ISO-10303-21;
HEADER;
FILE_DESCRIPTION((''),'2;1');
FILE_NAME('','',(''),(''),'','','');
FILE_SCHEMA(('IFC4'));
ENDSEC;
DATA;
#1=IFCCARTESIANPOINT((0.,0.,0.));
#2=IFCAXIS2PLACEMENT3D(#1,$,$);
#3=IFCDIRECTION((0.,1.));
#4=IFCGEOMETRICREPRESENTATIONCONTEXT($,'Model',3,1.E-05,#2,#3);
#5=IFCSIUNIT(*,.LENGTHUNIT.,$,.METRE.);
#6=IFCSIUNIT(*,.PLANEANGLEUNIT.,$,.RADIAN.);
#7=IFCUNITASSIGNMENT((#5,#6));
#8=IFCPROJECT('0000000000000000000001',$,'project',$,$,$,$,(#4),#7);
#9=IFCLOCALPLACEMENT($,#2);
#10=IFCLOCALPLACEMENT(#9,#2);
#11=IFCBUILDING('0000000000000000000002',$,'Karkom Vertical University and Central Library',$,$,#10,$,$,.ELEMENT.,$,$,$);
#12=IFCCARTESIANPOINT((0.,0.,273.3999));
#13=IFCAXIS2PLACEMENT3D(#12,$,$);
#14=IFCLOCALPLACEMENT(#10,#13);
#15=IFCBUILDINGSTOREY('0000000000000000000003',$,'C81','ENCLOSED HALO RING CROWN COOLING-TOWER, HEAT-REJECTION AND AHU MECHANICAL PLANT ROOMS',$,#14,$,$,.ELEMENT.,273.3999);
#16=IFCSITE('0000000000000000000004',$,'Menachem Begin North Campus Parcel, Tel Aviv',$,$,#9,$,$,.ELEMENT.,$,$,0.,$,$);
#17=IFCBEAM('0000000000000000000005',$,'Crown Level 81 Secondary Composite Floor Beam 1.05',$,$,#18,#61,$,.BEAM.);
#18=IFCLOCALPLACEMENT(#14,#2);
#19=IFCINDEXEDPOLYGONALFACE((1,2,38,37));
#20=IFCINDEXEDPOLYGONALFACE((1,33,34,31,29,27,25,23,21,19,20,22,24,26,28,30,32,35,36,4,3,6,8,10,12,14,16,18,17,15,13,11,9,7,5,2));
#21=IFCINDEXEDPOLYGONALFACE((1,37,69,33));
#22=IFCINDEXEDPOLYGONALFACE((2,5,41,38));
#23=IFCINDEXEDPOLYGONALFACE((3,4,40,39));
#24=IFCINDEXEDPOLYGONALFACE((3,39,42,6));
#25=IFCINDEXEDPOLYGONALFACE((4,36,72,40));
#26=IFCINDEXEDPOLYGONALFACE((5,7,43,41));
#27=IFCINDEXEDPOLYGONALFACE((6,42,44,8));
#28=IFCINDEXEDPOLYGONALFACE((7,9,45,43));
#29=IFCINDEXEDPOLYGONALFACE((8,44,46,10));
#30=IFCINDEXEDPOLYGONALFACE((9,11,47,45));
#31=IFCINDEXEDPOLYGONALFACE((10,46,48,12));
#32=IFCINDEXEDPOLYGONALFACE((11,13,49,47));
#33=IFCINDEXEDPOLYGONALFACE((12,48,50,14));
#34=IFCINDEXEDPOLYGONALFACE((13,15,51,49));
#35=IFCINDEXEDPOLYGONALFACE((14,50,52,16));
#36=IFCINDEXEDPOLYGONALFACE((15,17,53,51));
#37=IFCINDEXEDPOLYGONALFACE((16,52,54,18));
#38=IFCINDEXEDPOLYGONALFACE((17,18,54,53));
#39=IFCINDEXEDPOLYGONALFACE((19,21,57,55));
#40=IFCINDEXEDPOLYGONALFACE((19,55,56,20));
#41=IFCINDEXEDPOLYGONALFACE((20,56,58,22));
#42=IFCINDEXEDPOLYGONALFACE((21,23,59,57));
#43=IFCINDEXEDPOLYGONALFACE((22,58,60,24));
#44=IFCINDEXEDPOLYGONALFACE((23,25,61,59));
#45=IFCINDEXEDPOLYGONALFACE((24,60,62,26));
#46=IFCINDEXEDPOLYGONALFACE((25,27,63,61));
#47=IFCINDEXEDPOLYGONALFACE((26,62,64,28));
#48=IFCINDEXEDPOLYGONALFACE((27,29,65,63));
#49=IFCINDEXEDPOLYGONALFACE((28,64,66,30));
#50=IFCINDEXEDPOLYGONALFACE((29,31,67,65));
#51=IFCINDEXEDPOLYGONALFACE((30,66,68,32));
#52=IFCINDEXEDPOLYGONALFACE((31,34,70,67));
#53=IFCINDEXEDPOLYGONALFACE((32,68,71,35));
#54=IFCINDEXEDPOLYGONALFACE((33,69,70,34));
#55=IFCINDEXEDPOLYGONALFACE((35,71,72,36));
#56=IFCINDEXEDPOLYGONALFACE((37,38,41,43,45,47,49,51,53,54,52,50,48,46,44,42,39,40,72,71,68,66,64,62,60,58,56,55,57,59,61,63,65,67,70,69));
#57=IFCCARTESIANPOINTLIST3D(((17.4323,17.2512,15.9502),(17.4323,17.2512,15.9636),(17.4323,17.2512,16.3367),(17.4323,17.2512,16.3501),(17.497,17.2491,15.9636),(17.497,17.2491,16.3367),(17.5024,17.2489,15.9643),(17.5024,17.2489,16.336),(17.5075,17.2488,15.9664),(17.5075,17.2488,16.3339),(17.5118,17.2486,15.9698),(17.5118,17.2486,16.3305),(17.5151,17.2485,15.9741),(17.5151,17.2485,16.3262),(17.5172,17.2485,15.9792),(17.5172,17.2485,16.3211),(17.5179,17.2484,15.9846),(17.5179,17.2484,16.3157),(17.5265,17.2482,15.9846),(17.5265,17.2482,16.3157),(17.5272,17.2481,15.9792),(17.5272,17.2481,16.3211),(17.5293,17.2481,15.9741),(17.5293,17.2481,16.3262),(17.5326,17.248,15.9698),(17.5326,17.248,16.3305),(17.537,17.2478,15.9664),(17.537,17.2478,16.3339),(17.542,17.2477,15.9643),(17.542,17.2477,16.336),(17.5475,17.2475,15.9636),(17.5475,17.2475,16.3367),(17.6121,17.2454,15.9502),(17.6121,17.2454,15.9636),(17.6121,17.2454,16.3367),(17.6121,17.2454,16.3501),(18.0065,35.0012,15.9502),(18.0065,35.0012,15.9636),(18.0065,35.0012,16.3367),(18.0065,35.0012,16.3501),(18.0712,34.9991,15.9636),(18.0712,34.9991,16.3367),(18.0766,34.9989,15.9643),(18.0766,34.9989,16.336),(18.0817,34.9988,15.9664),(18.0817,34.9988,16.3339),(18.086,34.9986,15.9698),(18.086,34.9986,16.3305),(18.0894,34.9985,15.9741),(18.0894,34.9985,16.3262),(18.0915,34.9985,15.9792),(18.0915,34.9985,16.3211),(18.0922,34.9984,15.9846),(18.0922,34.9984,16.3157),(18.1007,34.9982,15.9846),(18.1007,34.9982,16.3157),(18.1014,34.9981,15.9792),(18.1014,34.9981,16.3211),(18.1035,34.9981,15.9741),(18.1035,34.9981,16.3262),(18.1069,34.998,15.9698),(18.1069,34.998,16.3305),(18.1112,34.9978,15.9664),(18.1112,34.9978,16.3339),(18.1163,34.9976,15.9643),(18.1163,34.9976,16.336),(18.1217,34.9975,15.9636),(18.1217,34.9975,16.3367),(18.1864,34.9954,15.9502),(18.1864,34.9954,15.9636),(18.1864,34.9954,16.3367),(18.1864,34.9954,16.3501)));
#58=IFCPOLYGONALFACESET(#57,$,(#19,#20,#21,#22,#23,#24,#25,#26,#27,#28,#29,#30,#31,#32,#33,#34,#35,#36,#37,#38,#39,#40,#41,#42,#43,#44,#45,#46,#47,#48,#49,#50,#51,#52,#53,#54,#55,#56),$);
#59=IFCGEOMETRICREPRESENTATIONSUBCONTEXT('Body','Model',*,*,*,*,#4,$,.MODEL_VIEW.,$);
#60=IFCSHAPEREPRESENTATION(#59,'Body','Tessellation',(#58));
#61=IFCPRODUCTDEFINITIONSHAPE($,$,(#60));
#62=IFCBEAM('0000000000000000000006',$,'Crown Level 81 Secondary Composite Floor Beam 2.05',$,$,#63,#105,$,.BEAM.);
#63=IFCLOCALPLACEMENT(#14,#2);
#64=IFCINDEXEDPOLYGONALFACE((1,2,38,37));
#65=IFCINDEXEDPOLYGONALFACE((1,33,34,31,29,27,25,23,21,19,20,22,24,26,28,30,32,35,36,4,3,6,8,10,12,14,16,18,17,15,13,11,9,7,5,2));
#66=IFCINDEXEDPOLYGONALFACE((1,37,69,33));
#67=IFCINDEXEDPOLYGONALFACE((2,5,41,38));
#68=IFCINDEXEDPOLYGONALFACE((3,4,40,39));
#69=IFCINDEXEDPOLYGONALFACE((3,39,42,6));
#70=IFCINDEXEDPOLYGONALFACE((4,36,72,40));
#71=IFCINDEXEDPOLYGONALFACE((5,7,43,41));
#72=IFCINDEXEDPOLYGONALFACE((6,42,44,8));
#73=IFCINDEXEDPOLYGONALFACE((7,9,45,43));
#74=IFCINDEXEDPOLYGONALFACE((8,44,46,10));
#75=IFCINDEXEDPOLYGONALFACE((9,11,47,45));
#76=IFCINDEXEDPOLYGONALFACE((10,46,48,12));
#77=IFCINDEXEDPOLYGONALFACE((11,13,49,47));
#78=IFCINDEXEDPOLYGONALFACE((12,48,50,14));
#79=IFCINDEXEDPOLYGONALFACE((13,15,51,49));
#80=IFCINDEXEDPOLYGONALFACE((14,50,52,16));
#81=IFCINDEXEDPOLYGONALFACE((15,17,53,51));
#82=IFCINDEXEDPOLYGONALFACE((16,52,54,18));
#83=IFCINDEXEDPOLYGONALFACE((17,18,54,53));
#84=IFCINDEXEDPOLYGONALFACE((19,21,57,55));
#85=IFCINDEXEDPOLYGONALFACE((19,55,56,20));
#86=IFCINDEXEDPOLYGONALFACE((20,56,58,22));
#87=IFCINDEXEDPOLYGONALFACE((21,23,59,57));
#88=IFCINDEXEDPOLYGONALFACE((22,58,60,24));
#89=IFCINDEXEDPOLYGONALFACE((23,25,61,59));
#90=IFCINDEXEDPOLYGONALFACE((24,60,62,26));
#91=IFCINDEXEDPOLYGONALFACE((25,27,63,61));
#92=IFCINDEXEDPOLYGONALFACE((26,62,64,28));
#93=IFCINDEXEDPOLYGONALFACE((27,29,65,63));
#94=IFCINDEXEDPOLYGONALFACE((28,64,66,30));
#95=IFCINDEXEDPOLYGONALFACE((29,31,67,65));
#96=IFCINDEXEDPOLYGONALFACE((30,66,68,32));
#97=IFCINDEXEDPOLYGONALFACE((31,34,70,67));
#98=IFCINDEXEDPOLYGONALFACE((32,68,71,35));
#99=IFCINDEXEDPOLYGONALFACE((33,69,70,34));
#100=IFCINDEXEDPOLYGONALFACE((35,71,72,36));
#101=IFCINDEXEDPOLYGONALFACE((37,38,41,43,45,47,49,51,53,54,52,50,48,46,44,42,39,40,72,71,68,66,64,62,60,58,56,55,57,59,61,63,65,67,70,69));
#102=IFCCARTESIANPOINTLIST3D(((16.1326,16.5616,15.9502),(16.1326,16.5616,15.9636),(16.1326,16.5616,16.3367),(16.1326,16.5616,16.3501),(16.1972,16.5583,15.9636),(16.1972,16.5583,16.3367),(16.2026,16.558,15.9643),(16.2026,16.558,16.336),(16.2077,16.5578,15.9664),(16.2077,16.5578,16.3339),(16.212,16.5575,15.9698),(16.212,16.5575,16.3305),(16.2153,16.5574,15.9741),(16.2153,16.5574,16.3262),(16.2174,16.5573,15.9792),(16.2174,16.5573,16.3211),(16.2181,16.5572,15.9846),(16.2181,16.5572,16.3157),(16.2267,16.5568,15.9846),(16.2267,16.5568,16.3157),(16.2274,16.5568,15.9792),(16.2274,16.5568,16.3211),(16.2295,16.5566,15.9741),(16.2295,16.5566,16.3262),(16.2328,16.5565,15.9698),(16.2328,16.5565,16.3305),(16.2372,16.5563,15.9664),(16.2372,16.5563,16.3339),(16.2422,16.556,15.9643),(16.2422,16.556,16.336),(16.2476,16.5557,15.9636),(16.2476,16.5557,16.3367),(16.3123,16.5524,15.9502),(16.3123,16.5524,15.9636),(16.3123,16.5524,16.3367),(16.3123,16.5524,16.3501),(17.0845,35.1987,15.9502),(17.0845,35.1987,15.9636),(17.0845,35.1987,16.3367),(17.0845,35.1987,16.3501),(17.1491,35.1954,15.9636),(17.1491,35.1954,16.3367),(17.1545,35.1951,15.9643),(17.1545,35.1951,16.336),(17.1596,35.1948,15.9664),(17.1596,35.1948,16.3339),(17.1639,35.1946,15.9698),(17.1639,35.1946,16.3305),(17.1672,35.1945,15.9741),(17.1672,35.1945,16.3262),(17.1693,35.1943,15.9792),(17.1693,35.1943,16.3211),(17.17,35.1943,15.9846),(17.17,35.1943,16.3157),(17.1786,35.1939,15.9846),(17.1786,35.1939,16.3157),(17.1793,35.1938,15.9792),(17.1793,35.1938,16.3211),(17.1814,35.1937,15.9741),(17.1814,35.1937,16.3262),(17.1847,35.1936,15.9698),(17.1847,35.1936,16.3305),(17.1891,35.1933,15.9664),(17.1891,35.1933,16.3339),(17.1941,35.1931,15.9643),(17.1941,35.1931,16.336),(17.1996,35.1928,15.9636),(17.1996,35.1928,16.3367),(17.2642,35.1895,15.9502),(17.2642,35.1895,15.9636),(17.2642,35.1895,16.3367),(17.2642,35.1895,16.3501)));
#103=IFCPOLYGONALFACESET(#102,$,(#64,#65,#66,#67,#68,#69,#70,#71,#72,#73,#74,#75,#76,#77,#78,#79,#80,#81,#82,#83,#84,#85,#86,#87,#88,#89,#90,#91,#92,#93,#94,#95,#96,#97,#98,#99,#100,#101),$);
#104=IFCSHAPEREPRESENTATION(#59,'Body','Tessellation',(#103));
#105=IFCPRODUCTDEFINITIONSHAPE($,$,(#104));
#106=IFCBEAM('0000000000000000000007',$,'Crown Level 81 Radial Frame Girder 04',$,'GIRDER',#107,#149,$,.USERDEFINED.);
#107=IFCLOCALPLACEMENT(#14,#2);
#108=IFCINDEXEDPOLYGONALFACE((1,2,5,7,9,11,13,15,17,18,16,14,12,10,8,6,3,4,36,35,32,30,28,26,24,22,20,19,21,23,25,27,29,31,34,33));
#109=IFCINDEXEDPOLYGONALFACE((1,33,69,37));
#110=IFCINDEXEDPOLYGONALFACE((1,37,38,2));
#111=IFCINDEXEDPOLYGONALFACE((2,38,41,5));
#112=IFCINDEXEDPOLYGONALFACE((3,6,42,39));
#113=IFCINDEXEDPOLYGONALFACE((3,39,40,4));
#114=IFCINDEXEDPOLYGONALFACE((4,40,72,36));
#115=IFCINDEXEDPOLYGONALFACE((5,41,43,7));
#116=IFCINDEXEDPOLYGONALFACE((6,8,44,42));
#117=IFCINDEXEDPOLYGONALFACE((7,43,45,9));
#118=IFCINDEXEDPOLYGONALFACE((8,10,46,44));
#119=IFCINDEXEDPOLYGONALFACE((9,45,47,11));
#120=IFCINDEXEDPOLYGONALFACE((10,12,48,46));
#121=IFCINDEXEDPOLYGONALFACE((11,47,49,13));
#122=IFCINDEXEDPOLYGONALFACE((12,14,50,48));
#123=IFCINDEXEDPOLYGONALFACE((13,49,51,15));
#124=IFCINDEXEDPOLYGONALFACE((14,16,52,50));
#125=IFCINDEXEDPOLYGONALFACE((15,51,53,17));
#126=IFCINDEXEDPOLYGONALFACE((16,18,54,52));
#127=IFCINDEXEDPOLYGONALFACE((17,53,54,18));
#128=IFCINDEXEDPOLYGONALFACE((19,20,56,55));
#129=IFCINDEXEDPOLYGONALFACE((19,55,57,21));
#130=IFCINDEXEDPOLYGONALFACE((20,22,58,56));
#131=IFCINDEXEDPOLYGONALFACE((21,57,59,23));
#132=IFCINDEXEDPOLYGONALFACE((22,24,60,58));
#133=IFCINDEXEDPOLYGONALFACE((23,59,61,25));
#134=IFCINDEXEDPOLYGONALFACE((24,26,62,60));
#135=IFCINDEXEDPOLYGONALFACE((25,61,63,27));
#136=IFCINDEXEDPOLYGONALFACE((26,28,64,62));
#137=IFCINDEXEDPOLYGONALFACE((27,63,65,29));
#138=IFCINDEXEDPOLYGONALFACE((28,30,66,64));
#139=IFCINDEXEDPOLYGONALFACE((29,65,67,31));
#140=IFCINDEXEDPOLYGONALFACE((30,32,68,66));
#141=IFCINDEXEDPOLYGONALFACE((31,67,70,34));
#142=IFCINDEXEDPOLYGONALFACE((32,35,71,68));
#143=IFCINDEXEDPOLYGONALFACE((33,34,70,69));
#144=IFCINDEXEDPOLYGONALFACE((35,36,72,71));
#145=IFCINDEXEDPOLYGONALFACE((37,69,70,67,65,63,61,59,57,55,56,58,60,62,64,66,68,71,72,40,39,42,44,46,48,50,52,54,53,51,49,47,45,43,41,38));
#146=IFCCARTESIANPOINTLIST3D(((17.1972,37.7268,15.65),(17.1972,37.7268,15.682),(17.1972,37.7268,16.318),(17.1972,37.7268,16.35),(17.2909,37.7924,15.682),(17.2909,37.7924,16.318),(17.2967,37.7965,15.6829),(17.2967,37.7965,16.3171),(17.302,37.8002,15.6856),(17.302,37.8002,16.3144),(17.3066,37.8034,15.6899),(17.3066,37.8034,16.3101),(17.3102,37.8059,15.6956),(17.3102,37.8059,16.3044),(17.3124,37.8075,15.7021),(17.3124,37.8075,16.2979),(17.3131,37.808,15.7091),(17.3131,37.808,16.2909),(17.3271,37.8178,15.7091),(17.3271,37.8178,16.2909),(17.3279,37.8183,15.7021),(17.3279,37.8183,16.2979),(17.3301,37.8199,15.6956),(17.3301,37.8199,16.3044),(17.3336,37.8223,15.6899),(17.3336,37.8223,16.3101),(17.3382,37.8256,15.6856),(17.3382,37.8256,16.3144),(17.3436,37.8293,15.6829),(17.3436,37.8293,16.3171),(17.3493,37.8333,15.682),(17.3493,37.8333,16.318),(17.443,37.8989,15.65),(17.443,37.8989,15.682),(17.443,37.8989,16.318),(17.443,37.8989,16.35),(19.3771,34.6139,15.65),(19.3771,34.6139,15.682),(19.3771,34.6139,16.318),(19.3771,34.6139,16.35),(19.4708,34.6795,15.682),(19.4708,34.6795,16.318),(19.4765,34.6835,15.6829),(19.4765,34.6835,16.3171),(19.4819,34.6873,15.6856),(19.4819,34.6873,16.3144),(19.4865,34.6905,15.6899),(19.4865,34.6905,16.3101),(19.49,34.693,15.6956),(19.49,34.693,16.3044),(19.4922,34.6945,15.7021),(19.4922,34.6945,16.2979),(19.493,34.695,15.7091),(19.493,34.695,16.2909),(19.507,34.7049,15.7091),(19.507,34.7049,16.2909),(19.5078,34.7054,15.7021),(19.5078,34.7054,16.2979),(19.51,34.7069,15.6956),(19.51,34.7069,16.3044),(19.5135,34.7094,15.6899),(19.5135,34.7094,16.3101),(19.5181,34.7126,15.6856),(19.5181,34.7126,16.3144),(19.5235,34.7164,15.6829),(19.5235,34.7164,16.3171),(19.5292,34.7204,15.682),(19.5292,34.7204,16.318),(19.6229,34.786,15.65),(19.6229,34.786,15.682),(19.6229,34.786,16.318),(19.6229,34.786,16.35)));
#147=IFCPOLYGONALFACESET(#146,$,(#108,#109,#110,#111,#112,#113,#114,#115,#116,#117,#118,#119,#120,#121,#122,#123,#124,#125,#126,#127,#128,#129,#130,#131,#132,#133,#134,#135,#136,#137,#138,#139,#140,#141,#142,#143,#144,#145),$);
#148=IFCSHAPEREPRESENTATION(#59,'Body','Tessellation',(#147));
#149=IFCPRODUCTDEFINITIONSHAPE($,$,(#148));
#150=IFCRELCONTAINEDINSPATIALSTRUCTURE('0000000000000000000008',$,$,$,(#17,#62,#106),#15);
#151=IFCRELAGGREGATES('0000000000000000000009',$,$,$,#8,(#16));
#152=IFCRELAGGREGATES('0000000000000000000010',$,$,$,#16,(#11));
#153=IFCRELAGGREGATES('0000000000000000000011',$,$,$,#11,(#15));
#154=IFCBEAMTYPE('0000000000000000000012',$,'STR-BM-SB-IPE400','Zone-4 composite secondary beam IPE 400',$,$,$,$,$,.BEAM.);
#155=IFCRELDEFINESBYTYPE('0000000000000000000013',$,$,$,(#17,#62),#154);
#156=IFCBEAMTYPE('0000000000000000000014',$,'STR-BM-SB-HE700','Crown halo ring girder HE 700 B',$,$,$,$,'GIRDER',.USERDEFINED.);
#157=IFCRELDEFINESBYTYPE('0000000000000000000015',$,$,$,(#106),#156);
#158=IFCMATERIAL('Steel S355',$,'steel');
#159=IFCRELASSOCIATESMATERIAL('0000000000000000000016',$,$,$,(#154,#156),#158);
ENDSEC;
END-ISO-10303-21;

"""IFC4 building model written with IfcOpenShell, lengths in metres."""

from ifc_helpers import new_model, si_unit, direction, frame, origin, origin_with_axes, origin_2d, place, context, subcontext, project, spatial, i_section, extrude, source, transform, mapped, material, material_profile, profile_set, type_object, element, save


model = new_model("IFC4")

# Units and contexts
model_context = context("Model", 3, precision=1e-05, world=origin(), true_north=direction((0.0, 1.0)))
body_context = subcontext(model_context, "Body", "Model", "MODEL_VIEW")
ifc_project = project(units=[si_unit("LENGTHUNIT", "METRE"), si_unit("PLANEANGLEUNIT", "RADIAN")], contexts=[model_context])

# Site, building, storey
site_placement = place(None, origin())
site = spatial("IfcSite", under=ifc_project, at=site_placement, Name="Menachem Begin North Campus Parcel, Tel Aviv", CompositionType="ELEMENT", RefElevation=0.0)
building_placement = place(site_placement, origin())
building = spatial("IfcBuilding", under=site, at=building_placement, Name="Karkom Vertical University and Central Library", CompositionType="ELEMENT")
storey_placement = place(building_placement, frame((0.0, 0.0, 273.3999)))
storey = spatial("IfcBuildingStorey", under=building, at=storey_placement, Name="C81", Description="ENCLOSED HALO RING CROWN COOLING-TOWER, HEAT-REJECTION AND AHU MECHANICAL PLANT ROOMS", CompositionType="ELEMENT", Elevation=273.3999)

# Beams
ifc_material_1 = material(Name="Steel S355", Category="steel")
ifc_material_profile_1 = material_profile(ifc_material_1, i_section(OverallWidth=0.1799, OverallDepth=0.3999, WebThickness=0.0085, FlangeThickness=0.0134, FilletRadius=0.021, at=origin_2d()), Name="IPE 400")
ifc_profile_set_1 = profile_set([ifc_material_profile_1], Name="Steel S355")
beam_type_1 = type_object("IfcBeamType", Name="STR-BM-SB-IPE400", Description="Zone-4 composite secondary beam IPE 400", PredefinedType="BEAM", material=ifc_profile_set_1)
shared_shape_1 = source(origin_with_axes(), body_context, "Body", "SweptSolid", [
    extrude(i_section(OverallWidth=0.1799, OverallDepth=0.3999, WebThickness=0.0085, FlangeThickness=0.0134, FilletRadius=0.021, at=origin_2d()), origin(), (0.0, 0.0, 1.0), 17.7593),
])
beam_1_placement = place(storey_placement, frame((18.0964, 34.9983, 16.1501), z_axis=(-0.032333, -0.999477, 0.0), x_axis=(0.999477, -0.032333, 0.0)))
element("IfcBeam", 1, at=beam_1_placement, inside=storey, type_object=beam_type_1, Name="Crown Level 81 Secondary Composite Floor Beam 1.05", PredefinedType="BEAM", context=body_context, shape_type="MappedRepresentation", body=[
    mapped(shared_shape_1, transform((0.0, 0.0, 0.0), scale=1.0)),
])
shared_shape_2 = source(origin_with_axes(), body_context, "Body", "SweptSolid", [
    extrude(i_section(OverallWidth=0.1799, OverallDepth=0.3999, WebThickness=0.0085, FlangeThickness=0.0134, FilletRadius=0.021, at=origin_2d()), origin(), (0.0, 0.0, 1.0), 18.6614),
])
beam_2_placement = place(storey_placement, frame((17.1743, 35.1941, 16.1501), z_axis=(-0.05101, -0.998698, 0.0), x_axis=(0.998698, -0.05101, 0.0)))
element("IfcBeam", 2, at=beam_2_placement, inside=storey, type_object=beam_type_1, Name="Crown Level 81 Secondary Composite Floor Beam 2.05", PredefinedType="BEAM", context=body_context, shape_type="MappedRepresentation", body=[
    mapped(shared_shape_2, transform((0.0, 0.0, 0.0), scale=1.0)),
])
ifc_material_profile_2 = material_profile(ifc_material_1, i_section(OverallWidth=0.3, OverallDepth=0.7, WebThickness=0.0171, FlangeThickness=0.032, FilletRadius=0.0271, at=origin_2d()), Name="HE 700 B")
ifc_profile_set_2 = profile_set([ifc_material_profile_2], Name="Steel S355")
beam_type_2 = type_object("IfcBeamType", Name="STR-BM-SB-HE700", Description="Crown halo ring girder HE 700 B", ElementType="GIRDER", PredefinedType="USERDEFINED", material=ifc_profile_set_2)
shared_shape_3 = source(origin_with_axes(), body_context, "Body", "SweptSolid", [
    extrude(i_section(OverallWidth=0.3, OverallDepth=0.7, WebThickness=0.0171, FlangeThickness=0.032, FilletRadius=0.0271, at=origin_2d()), origin(), (0.0, 0.0, 1.0), 3.8003),
])
beam_3_placement = place(storey_placement, frame((19.5, 34.7, 16.0), z_axis=(-0.573605, 0.819132, 0.0), x_axis=(-0.819132, -0.573605, 0.0)))
element("IfcBeam", 3, at=beam_3_placement, inside=storey, type_object=beam_type_2, Name="Crown Level 81 Radial Frame Girder 04", ObjectType="GIRDER", PredefinedType="USERDEFINED", context=body_context, shape_type="MappedRepresentation", body=[
    mapped(shared_shape_3, transform((0.0, 0.0, 0.0), scale=1.0)),
])

save(model, "model.ifc")
